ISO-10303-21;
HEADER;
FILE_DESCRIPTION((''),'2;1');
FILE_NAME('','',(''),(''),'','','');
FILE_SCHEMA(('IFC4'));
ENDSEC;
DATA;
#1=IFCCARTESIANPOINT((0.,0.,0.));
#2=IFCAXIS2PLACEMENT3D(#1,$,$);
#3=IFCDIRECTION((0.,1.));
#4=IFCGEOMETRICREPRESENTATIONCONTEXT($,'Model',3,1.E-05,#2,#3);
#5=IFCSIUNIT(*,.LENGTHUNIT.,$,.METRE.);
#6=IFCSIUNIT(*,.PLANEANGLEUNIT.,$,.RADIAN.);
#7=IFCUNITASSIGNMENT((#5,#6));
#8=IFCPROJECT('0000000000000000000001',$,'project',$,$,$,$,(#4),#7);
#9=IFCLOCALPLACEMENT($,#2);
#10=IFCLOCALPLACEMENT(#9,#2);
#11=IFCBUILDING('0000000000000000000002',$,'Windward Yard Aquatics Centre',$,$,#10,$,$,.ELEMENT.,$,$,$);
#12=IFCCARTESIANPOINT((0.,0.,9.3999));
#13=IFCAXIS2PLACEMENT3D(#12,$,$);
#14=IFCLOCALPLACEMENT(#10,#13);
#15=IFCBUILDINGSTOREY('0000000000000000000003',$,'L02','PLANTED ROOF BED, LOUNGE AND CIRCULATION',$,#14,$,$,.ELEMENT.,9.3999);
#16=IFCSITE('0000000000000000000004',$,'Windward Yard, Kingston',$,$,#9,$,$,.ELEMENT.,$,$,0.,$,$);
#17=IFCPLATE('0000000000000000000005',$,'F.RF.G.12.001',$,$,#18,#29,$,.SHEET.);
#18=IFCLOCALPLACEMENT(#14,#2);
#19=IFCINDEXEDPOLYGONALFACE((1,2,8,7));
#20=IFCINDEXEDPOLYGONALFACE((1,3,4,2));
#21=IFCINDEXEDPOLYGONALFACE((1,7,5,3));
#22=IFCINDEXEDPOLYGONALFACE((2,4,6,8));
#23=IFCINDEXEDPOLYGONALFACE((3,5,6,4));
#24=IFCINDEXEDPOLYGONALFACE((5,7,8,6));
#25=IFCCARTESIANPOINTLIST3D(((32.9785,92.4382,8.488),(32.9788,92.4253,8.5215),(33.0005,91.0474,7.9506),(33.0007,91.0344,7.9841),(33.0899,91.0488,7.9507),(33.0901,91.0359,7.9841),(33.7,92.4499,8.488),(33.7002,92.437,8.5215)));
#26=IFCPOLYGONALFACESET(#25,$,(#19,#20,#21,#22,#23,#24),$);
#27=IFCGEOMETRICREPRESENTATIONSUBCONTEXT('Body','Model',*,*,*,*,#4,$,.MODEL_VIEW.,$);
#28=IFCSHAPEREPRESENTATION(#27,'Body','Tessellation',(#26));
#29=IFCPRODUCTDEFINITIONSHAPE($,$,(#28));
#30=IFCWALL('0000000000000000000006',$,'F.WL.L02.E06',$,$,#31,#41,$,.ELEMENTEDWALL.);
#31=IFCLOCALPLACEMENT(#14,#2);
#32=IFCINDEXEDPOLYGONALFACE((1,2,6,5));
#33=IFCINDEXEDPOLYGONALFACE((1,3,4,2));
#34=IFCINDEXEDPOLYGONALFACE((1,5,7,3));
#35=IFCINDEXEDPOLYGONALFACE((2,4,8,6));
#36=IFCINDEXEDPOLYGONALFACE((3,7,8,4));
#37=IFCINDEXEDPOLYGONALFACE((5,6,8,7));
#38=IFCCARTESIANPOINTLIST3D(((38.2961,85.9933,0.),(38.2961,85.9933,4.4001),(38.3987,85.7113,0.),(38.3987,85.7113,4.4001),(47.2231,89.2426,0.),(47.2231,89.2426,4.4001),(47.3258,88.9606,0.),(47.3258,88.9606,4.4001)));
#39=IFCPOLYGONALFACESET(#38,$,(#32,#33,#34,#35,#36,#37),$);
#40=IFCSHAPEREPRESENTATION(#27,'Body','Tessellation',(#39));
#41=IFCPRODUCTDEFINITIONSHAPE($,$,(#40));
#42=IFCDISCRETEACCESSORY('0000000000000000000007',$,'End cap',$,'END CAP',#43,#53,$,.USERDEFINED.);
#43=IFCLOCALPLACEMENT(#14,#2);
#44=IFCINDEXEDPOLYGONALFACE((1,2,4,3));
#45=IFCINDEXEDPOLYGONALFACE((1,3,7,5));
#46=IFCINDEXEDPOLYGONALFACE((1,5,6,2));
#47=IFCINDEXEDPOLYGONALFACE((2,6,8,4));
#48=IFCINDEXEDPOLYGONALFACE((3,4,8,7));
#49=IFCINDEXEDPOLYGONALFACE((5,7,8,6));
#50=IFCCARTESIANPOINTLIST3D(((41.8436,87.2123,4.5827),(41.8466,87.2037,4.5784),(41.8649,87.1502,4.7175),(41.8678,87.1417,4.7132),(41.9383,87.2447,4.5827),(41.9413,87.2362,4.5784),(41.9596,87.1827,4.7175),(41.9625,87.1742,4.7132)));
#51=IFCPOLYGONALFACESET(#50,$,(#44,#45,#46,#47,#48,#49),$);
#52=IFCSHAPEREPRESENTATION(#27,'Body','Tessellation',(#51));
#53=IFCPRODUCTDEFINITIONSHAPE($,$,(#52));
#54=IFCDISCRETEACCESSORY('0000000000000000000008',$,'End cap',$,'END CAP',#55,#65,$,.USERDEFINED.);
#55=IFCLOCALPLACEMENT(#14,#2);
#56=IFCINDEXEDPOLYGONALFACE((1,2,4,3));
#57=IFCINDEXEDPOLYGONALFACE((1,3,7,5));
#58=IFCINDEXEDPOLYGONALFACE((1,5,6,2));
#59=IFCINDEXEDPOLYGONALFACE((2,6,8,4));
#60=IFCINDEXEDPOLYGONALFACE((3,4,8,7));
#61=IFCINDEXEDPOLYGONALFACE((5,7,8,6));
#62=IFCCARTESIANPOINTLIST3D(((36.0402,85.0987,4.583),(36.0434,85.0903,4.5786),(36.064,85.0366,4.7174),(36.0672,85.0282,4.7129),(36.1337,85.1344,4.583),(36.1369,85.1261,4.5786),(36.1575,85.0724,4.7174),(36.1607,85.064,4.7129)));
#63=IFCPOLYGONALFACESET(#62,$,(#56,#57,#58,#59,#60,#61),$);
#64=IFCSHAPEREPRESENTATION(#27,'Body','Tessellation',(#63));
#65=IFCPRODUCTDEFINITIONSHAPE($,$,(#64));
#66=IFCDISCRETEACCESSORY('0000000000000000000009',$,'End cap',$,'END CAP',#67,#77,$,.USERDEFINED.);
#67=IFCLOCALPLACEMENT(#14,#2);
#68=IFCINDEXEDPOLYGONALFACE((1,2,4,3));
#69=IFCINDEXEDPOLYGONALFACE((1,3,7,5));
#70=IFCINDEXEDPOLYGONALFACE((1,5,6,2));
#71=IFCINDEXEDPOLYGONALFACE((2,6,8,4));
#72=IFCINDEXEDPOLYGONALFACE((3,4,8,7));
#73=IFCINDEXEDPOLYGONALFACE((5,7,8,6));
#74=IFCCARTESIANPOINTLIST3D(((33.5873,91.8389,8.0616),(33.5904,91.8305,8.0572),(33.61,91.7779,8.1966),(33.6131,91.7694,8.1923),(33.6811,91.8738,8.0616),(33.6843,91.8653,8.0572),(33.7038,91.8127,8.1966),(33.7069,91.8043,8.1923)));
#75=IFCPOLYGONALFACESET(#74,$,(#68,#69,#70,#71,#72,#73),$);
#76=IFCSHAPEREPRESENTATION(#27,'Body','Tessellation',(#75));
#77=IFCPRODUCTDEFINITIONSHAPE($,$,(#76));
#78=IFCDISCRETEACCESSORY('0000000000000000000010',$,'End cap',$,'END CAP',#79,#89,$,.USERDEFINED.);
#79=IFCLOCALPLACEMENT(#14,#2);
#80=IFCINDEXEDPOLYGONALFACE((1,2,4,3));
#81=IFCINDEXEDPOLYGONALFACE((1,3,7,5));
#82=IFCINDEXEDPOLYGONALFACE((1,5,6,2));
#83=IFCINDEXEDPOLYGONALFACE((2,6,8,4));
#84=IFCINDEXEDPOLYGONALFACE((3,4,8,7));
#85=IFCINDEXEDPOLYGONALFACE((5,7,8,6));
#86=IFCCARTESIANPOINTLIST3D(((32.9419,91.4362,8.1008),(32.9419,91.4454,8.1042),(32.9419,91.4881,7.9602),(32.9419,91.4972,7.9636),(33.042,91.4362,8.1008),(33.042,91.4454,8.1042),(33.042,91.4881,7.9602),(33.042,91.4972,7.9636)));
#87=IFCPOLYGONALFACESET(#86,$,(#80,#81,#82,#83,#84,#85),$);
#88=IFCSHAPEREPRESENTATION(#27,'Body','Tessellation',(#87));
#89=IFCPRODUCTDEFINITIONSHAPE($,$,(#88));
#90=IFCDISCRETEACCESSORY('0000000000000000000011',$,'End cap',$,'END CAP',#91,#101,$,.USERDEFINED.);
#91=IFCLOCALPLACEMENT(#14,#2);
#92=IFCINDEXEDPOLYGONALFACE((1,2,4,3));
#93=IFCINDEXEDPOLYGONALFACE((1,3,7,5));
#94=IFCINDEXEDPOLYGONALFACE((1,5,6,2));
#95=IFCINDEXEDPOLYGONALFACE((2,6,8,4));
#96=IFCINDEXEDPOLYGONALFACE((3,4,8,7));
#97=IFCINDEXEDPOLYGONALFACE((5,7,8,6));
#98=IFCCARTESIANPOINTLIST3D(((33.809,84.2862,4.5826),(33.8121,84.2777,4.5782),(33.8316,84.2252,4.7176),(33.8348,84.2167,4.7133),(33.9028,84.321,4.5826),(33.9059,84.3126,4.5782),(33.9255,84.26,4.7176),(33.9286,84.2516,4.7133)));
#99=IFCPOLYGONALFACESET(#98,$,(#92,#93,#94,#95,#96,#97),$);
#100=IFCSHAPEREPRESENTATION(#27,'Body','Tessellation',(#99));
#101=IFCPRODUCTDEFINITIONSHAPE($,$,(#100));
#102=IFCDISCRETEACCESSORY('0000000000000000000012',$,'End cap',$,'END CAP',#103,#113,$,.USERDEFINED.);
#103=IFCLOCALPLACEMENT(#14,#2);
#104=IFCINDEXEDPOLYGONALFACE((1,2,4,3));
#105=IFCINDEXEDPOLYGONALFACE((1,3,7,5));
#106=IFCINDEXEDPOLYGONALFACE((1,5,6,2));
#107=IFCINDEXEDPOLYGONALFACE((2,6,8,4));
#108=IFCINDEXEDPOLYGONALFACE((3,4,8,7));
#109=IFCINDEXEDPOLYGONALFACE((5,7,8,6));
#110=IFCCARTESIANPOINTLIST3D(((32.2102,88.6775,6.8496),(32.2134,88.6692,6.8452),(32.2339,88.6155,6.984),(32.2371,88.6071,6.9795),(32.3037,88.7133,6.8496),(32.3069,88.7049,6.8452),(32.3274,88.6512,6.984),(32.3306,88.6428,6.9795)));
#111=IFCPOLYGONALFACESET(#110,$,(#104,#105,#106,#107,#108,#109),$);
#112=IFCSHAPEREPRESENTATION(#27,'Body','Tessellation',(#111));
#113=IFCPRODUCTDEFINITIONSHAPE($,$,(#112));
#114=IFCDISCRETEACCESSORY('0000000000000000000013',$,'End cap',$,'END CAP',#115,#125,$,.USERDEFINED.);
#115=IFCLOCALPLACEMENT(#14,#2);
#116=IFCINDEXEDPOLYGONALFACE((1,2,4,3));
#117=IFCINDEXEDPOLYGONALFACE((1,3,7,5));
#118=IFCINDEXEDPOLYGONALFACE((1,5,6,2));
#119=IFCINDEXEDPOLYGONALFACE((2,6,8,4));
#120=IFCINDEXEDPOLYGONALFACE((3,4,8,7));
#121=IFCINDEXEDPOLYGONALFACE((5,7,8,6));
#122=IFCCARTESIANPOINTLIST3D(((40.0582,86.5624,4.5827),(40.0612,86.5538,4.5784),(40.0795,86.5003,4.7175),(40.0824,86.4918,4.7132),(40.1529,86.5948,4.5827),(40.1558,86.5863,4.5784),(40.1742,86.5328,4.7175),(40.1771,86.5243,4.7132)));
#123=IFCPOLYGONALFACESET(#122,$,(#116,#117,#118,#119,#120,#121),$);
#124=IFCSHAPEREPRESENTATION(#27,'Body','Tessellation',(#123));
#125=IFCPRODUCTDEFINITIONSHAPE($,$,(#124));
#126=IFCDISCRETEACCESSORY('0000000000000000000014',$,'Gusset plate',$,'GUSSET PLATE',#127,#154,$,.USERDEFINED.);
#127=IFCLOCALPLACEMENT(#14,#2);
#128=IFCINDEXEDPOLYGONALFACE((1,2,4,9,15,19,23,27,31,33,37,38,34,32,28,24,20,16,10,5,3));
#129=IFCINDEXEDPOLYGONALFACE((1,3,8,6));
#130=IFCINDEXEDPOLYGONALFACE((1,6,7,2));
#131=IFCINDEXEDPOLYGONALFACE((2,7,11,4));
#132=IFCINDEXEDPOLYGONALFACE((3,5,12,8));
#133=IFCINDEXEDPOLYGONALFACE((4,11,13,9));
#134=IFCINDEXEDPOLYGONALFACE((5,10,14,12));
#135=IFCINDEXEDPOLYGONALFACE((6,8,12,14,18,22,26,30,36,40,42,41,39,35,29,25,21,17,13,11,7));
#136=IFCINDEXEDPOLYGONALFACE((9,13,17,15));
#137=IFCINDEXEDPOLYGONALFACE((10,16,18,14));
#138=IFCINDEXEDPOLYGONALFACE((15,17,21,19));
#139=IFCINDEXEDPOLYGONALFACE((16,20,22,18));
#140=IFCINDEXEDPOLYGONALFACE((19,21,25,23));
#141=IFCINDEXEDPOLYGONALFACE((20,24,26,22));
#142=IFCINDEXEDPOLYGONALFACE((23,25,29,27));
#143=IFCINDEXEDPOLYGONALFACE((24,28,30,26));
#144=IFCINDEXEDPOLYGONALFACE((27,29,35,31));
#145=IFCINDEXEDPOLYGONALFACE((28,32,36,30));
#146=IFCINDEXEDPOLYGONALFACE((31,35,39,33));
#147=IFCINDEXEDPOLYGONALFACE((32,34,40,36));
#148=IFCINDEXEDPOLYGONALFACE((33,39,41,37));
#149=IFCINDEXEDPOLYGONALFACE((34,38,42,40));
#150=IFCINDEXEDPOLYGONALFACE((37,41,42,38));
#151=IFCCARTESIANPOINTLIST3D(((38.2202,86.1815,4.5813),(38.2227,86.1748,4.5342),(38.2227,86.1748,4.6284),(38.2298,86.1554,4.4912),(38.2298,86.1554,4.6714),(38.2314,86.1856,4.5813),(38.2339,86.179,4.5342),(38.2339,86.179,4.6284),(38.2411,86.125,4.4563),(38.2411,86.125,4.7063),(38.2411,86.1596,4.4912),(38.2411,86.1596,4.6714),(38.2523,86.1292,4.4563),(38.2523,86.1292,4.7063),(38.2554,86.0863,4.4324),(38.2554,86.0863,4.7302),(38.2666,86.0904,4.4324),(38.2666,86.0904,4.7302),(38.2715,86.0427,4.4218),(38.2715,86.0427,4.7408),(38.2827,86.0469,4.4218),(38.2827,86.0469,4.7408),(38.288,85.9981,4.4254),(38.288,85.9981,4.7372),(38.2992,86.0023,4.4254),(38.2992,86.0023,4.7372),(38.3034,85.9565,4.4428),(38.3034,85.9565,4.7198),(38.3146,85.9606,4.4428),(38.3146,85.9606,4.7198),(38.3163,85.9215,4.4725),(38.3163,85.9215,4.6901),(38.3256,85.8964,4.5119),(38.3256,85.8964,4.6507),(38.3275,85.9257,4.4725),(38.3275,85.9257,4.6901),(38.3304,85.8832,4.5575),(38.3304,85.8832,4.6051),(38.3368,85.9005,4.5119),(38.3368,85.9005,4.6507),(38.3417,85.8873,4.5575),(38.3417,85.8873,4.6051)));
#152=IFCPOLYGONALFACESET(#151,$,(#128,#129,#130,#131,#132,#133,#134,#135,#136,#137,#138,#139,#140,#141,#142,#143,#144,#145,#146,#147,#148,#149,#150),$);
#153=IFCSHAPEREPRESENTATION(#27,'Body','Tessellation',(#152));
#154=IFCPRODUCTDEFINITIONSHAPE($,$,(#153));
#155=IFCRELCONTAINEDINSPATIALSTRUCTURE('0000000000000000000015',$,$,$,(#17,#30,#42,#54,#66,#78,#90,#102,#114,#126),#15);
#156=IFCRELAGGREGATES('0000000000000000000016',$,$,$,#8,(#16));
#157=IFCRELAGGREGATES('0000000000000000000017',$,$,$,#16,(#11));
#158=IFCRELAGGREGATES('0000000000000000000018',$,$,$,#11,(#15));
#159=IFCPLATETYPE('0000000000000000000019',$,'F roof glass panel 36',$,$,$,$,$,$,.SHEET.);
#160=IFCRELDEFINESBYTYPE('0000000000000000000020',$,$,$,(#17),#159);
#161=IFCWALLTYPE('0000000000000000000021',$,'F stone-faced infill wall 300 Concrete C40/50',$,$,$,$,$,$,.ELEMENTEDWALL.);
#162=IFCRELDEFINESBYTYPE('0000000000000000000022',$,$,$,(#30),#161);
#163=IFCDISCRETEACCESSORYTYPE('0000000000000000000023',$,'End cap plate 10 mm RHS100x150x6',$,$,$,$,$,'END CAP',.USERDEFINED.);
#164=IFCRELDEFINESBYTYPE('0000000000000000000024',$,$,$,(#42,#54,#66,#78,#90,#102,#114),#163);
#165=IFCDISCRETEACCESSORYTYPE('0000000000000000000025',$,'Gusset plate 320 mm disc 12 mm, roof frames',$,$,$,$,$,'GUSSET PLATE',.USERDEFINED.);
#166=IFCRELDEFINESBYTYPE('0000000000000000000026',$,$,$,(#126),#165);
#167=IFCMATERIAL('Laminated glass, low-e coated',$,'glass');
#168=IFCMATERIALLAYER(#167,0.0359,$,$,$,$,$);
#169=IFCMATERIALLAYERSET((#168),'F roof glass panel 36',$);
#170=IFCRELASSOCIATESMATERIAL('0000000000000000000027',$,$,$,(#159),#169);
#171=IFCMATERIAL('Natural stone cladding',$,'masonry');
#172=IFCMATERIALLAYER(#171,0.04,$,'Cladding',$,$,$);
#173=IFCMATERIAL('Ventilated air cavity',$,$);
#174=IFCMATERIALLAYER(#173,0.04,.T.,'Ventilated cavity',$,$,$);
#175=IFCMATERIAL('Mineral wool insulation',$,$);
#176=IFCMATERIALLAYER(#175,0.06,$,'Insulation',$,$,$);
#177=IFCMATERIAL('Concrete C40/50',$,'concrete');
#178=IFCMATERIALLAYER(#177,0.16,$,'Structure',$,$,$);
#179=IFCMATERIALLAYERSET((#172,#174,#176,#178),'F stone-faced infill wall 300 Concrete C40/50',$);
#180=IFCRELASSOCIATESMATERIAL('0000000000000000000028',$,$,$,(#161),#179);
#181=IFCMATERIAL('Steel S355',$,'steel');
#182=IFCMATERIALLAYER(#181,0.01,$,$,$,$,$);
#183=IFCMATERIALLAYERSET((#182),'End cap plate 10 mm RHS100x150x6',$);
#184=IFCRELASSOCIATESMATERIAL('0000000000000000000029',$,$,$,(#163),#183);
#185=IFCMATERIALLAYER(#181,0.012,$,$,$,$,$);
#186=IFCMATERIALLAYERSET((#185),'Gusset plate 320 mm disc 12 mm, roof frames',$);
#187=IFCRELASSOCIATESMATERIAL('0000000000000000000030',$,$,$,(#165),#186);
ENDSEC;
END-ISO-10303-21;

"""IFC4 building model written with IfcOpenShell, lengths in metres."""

from ifc_helpers import new_model, si_unit, direction, frame, frame_2d, origin, origin_2d, place, context, subcontext, project, spatial, polyline, rectangle, circle, outline, extrude, material, layer, layer_set, type_object, element, save


model = new_model("IFC4")

# Units and contexts
model_context = context("Model", 3, precision=1e-05, world=origin(), true_north=direction((0.0, 1.0)))
body_context = subcontext(model_context, "Body", "Model", "MODEL_VIEW")
ifc_project = project(units=[si_unit("LENGTHUNIT", "METRE"), si_unit("PLANEANGLEUNIT", "RADIAN")], contexts=[model_context])

# Site, building, storey
site_placement = place(None, origin())
site = spatial("IfcSite", under=ifc_project, at=site_placement, Name="Windward Yard, Kingston", CompositionType="ELEMENT", RefElevation=0.0)
building_placement = place(site_placement, origin())
building = spatial("IfcBuilding", under=site, at=building_placement, Name="Windward Yard Aquatics Centre", CompositionType="ELEMENT")
storey_placement = place(building_placement, frame((0.0, 0.0, 9.3999)))
storey = spatial("IfcBuildingStorey", under=building, at=storey_placement, Name="L02", Description="PLANTED ROOF BED, LOUNGE AND CIRCULATION", CompositionType="ELEMENT", Elevation=9.3999)

# Shared definitions
ifc_material_1 = material(Name="Steel S355", Category="steel")

# Plate
ifc_material_2 = material(Name="Laminated glass, low-e coated", Category="glass")
ifc_layer_1 = layer(ifc_material_2, 0.0359)
ifc_layer_set_1 = layer_set([ifc_layer_1], Name="F roof glass panel 36")
plate_type = type_object("IfcPlateType", Name="F roof glass panel 36", PredefinedType="SHEET", material=ifc_layer_set_1)
plate_1_placement = place(storey_placement, frame((32.9788, 92.4253, 8.5215), z_axis=(0.005859, -0.360299, 0.932818), x_axis=(0.999868, 0.016244, -0.000006)))
element("IfcPlate", 1, at=plate_1_placement, inside=storey, type_object=plate_type, Name="F.RF.G.12.001", PredefinedType="SHEET", context=body_context, shape_type="SweptSolid", body=[
    extrude(outline(polyline([(0.0, 0.0), (0.7215, 0.0), (0.0887, -1.4912), (-0.0006, -1.4912), (0.0, 0.0)])), origin(), (0.0, 0.0, -1.0), 0.0359),
])

# Wall
ifc_material_3 = material(Name="Natural stone cladding", Category="masonry")
ifc_layer_2 = layer(ifc_material_3, 0.04, Name="Cladding")
ifc_material_4 = material(Name="Ventilated air cavity")
ifc_layer_3 = layer(ifc_material_4, 0.04, ventilated=True, Name="Ventilated cavity")
ifc_material_5 = material(Name="Mineral wool insulation")
ifc_layer_4 = layer(ifc_material_5, 0.06, Name="Insulation")
ifc_material_6 = material(Name="Concrete C40/50", Category="concrete")
ifc_layer_5 = layer(ifc_material_6, 0.16, Name="Structure")
ifc_layer_set_2 = layer_set([ifc_layer_2, ifc_layer_3, ifc_layer_4, ifc_layer_5], Name="F stone-faced infill wall 300 Concrete C40/50")
wall_type = type_object("IfcWallType", Name="F stone-faced infill wall 300 Concrete C40/50", PredefinedType="ELEMENTEDWALL", material=ifc_layer_set_2)
wall_placement = place(storey_placement, frame((38.3474, 85.8523, 0.0), z_axis=(0.0, 0.0, 1.0), x_axis=(0.939689, 0.34203, 0.0)))
element("IfcWall", 2, at=wall_placement, inside=storey, type_object=wall_type, Name="F.WL.L02.E06", PredefinedType="ELEMENTEDWALL", context=body_context, shape_type="SweptSolid", body=[
    extrude(rectangle(XDim=9.5, YDim=0.3, at=frame_2d((4.75, 0.0))), origin(), (0.0, 0.0, 1.0), 4.4001),
])

# Discrete accessories
ifc_layer_6 = layer(ifc_material_1, 0.01)
ifc_layer_set_3 = layer_set([ifc_layer_6], Name="End cap plate 10 mm RHS100x150x6")
discrete_accessory_type_1 = type_object("IfcDiscreteAccessoryType", Name="End cap plate 10 mm RHS100x150x6", ElementType="END CAP", PredefinedType="USERDEFINED", material=ifc_layer_set_3)
for number, where, z_axis, x_axis, name in (
    (3, (41.9045, 87.189, 4.6458), (-0.291644, 0.850628, 0.437466), (-0.945946, -0.324324, 0.0), "End cap"),
    (4, (36.1021, 85.0771, 4.6458), (-0.320135, 0.837276, 0.443264), (-0.934052, -0.357137, 0.0), "End cap"),
    (5, (33.6487, 91.8174, 8.1248), (-0.31364, 0.844416, 0.434271), (-0.937425, -0.348187, 0.0), "End cap"),
):
    element("IfcDiscreteAccessory", number, at=place(storey_placement, frame(where, z_axis=z_axis, x_axis=x_axis)), inside=storey, type_object=discrete_accessory_type_1, Name=name, ObjectType="END CAP", PredefinedType="USERDEFINED", context=body_context, shape_type="SweptSolid", body=[
        extrude(rectangle(XDim=0.1001, YDim=0.1499, at=origin_2d()), origin(), (0.0, 0.0, 1.0), 0.01),
    ])
discrete_accessory_1_placement = place(storey_placement, frame((32.9919, 91.4622, 8.0305), z_axis=(0.0, 0.938343, 0.345705), x_axis=(-1.0, 0.0, 0.0)))
element("IfcDiscreteAccessory", 6, at=discrete_accessory_1_placement, inside=storey, type_object=discrete_accessory_type_1, Name="End cap", ObjectType="END CAP", PredefinedType="USERDEFINED", context=body_context, shape_type="SweptSolid", body=[
    extrude(rectangle(XDim=0.1001, YDim=0.1499, at=origin_2d()), origin(), (0.0, 0.0, 1.0), 0.0098),
])
for number, where, z_axis, x_axis, name in (
    (7, (33.8704, 84.2646, 4.6458), (-0.31364, 0.844416, 0.434271), (-0.937425, -0.348187, 0.0), "End cap"),
    (8, (32.272, 88.656, 6.9124), (-0.320135, 0.837276, 0.443264), (-0.934052, -0.357137, 0.0), "End cap"),
    (9, (40.1191, 86.5391, 4.6458), (-0.291644, 0.850628, 0.437466), (-0.945946, -0.324324, 0.0), "End cap"),
):
    element("IfcDiscreteAccessory", number, at=place(storey_placement, frame(where, z_axis=z_axis, x_axis=x_axis)), inside=storey, type_object=discrete_accessory_type_1, Name=name, ObjectType="END CAP", PredefinedType="USERDEFINED", context=body_context, shape_type="SweptSolid", body=[
        extrude(rectangle(XDim=0.1001, YDim=0.1499, at=origin_2d()), origin(), (0.0, 0.0, 1.0), 0.01),
    ])
ifc_layer_7 = layer(ifc_material_1, 0.012)
ifc_layer_set_4 = layer_set([ifc_layer_7], Name="Gusset plate 320 mm disc 12 mm, roof frames")
discrete_accessory_type_2 = type_object("IfcDiscreteAccessoryType", Name="Gusset plate 320 mm disc 12 mm, roof frames", ElementType="GUSSET PLATE", PredefinedType="USERDEFINED", material=ifc_layer_set_4)
discrete_accessory_2_placement = place(storey_placement, frame((38.2756, 86.0315, 4.5813), z_axis=(0.937994, 0.34665, 0.0), x_axis=(-0.34665, 0.937994, 0.0)))
element("IfcDiscreteAccessory", 10, at=discrete_accessory_2_placement, inside=storey, type_object=discrete_accessory_type_2, Name="Gusset plate", ObjectType="GUSSET PLATE", PredefinedType="USERDEFINED", context=body_context, shape_type="SweptSolid", body=[
    extrude(circle(Radius=0.1599, at=origin_2d()), origin(), (0.0, 0.0, 1.0), 0.012),
])

save(model, "model.ifc")
